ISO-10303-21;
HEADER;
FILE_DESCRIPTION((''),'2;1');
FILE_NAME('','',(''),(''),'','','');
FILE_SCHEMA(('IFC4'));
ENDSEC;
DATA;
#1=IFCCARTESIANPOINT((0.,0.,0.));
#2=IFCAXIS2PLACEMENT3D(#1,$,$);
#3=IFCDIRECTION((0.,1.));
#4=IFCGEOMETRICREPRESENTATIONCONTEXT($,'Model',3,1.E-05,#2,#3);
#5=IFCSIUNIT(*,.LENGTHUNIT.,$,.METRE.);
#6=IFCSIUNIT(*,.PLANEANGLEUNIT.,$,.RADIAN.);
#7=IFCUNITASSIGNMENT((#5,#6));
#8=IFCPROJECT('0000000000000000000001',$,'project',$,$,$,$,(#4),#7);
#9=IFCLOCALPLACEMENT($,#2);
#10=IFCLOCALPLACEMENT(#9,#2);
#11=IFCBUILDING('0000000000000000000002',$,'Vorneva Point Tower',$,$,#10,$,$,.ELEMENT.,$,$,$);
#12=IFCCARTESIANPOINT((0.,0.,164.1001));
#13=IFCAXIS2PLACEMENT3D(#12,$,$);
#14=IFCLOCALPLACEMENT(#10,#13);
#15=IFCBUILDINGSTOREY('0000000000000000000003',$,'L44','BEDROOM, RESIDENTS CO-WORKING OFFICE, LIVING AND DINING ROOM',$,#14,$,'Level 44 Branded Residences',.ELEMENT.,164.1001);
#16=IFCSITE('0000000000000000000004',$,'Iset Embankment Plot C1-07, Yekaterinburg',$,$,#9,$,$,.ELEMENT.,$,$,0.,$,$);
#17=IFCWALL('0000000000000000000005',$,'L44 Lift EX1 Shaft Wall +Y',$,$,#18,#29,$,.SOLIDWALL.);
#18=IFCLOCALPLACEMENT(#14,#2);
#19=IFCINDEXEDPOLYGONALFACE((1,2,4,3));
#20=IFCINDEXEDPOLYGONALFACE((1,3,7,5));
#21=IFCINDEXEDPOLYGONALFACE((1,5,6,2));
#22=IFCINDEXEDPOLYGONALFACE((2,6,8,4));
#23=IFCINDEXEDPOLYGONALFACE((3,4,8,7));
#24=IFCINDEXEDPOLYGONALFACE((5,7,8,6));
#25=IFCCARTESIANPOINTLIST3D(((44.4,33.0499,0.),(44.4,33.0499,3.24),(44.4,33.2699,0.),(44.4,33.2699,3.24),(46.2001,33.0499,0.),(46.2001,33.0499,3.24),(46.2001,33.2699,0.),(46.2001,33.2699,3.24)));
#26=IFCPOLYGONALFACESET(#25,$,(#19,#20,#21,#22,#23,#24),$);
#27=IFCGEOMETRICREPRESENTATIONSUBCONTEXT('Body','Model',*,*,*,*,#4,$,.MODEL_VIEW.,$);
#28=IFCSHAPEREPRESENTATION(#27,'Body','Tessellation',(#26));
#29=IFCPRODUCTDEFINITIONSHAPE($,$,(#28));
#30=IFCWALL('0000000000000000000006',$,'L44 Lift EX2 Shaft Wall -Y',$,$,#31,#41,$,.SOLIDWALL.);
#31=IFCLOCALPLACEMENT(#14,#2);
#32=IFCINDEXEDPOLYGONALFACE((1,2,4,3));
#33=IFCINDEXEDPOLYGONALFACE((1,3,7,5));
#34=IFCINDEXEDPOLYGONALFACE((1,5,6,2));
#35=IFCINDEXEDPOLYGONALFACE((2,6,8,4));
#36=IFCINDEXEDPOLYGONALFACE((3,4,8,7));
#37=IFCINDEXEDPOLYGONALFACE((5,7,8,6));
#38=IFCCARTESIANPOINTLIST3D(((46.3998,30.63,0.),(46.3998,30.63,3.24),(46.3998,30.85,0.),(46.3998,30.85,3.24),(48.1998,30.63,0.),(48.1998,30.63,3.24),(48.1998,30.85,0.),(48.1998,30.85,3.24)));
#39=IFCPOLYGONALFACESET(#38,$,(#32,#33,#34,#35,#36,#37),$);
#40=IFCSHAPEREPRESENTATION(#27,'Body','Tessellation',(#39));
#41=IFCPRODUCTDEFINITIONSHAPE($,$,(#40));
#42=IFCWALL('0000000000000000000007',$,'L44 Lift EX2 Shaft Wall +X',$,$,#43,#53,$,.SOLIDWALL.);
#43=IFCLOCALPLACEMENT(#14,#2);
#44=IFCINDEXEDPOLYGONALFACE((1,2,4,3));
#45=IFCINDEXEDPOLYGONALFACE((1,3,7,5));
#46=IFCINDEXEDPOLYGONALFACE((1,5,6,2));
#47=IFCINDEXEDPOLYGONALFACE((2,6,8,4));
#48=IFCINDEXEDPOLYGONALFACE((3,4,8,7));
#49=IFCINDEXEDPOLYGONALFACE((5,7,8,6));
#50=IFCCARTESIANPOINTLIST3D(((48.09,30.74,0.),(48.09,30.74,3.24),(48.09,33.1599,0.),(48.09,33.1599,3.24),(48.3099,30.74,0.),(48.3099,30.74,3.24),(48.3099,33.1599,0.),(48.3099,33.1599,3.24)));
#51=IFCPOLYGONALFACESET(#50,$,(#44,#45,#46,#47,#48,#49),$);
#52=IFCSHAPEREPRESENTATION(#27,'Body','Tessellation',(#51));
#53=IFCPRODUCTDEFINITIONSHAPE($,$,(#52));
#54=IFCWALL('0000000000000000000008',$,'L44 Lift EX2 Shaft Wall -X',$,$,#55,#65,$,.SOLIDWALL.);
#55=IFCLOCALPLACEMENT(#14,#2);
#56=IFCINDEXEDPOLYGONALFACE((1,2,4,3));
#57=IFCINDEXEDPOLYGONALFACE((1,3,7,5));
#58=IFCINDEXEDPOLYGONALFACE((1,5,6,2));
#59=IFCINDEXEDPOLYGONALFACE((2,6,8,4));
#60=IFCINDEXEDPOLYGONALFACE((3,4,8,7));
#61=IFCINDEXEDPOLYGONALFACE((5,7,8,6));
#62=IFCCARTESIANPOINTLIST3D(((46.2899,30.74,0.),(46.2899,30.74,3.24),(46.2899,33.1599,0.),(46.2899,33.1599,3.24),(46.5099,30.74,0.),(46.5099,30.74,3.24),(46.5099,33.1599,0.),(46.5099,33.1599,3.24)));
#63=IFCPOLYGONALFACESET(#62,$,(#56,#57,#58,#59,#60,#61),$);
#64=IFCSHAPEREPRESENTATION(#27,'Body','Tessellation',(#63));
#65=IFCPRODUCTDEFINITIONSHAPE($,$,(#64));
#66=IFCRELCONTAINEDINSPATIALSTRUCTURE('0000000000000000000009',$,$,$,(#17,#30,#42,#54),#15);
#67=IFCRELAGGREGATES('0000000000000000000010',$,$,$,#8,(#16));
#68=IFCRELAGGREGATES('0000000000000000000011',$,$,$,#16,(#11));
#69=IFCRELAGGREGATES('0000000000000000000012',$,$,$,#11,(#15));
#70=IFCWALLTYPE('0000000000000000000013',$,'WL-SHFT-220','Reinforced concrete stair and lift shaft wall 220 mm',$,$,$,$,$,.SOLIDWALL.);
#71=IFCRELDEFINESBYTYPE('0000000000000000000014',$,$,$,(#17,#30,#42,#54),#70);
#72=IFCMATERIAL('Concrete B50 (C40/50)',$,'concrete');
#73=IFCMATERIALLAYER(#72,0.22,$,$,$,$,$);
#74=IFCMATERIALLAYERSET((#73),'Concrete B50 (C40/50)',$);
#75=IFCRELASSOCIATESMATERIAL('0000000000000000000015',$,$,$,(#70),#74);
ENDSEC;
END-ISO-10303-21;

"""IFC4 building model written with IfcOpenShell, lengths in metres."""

from ifc_helpers import new_model, si_unit, direction, frame, frame_2d, origin, place, context, subcontext, project, spatial, rectangle, extrude, material, layer, layer_set, type_object, element, save


model = new_model("IFC4")

# Units and contexts
model_context = context("Model", 3, precision=1e-05, world=origin(), true_north=direction((0.0, 1.0)))
body_context = subcontext(model_context, "Body", "Model", "MODEL_VIEW")
ifc_project = project(units=[si_unit("LENGTHUNIT", "METRE"), si_unit("PLANEANGLEUNIT", "RADIAN")], contexts=[model_context])

# Site, building, storey
site_placement = place(None, origin())
site = spatial("IfcSite", under=ifc_project, at=site_placement, Name="Iset Embankment Plot C1-07, Yekaterinburg", CompositionType="ELEMENT", RefElevation=0.0)
building_placement = place(site_placement, origin())
building = spatial("IfcBuilding", under=site, at=building_placement, Name="Vorneva Point Tower", CompositionType="ELEMENT")
storey_placement = place(building_placement, frame((0.0, 0.0, 164.1001)))
storey = spatial("IfcBuildingStorey", under=building, at=storey_placement, Name="L44", Description="BEDROOM, RESIDENTS CO-WORKING OFFICE, LIVING AND DINING ROOM", LongName="Level 44 Branded Residences", CompositionType="ELEMENT", Elevation=164.1001)

# Walls
ifc_material_1 = material(Name="Concrete B50 (C40/50)", Category="concrete")
ifc_layer_1 = layer(ifc_material_1, 0.22)
ifc_layer_set_1 = layer_set([ifc_layer_1], Name="Concrete B50 (C40/50)")
wall_type_1 = type_object("IfcWallType", Name="WL-SHFT-220", Description="Reinforced concrete stair and lift shaft wall 220 mm", PredefinedType="SOLIDWALL", material=ifc_layer_set_1)
for number, where, z_axis, x_axis, name in (
    (1, (46.2, 33.1599, 0.0), (0.0, 0.0, 1.0), (-1.0, 0.0, 0.0), "L44 Lift EX1 Shaft Wall +Y"),
    (2, (46.3999, 30.74, 0.0), (0.0, 0.0, 1.0), (1.0, 0.0, 0.0), "L44 Lift EX2 Shaft Wall -Y"),
):
    element("IfcWall", number, at=place(storey_placement, frame(where, z_axis=z_axis, x_axis=x_axis)), inside=storey, type_object=wall_type_1, Name=name, PredefinedType="SOLIDWALL", context=body_context, shape_type="SweptSolid", body=[
        extrude(rectangle(XDim=1.8, YDim=0.22, at=frame_2d((0.8999, 0.0))), origin(), (0.0, 0.0, 1.0), 3.24),
    ])
for number, where, z_axis, x_axis, name in (
    (3, (48.2, 30.74, 0.0), (0.0, 0.0, 1.0), (0.0, 1.0, 0.0), "L44 Lift EX2 Shaft Wall +X"),
    (4, (46.3999, 33.1599, 0.0), (0.0, 0.0, 1.0), (0.0, -1.0, 0.0), "L44 Lift EX2 Shaft Wall -X"),
):
    element("IfcWall", number, at=place(storey_placement, frame(where, z_axis=z_axis, x_axis=x_axis)), inside=storey, type_object=wall_type_1, Name=name, PredefinedType="SOLIDWALL", context=body_context, shape_type="SweptSolid", body=[
        extrude(rectangle(XDim=2.4199, YDim=0.22, at=frame_2d((1.21, 0.0))), origin(), (0.0, 0.0, 1.0), 3.24),
    ])

save(model, "model.ifc")
